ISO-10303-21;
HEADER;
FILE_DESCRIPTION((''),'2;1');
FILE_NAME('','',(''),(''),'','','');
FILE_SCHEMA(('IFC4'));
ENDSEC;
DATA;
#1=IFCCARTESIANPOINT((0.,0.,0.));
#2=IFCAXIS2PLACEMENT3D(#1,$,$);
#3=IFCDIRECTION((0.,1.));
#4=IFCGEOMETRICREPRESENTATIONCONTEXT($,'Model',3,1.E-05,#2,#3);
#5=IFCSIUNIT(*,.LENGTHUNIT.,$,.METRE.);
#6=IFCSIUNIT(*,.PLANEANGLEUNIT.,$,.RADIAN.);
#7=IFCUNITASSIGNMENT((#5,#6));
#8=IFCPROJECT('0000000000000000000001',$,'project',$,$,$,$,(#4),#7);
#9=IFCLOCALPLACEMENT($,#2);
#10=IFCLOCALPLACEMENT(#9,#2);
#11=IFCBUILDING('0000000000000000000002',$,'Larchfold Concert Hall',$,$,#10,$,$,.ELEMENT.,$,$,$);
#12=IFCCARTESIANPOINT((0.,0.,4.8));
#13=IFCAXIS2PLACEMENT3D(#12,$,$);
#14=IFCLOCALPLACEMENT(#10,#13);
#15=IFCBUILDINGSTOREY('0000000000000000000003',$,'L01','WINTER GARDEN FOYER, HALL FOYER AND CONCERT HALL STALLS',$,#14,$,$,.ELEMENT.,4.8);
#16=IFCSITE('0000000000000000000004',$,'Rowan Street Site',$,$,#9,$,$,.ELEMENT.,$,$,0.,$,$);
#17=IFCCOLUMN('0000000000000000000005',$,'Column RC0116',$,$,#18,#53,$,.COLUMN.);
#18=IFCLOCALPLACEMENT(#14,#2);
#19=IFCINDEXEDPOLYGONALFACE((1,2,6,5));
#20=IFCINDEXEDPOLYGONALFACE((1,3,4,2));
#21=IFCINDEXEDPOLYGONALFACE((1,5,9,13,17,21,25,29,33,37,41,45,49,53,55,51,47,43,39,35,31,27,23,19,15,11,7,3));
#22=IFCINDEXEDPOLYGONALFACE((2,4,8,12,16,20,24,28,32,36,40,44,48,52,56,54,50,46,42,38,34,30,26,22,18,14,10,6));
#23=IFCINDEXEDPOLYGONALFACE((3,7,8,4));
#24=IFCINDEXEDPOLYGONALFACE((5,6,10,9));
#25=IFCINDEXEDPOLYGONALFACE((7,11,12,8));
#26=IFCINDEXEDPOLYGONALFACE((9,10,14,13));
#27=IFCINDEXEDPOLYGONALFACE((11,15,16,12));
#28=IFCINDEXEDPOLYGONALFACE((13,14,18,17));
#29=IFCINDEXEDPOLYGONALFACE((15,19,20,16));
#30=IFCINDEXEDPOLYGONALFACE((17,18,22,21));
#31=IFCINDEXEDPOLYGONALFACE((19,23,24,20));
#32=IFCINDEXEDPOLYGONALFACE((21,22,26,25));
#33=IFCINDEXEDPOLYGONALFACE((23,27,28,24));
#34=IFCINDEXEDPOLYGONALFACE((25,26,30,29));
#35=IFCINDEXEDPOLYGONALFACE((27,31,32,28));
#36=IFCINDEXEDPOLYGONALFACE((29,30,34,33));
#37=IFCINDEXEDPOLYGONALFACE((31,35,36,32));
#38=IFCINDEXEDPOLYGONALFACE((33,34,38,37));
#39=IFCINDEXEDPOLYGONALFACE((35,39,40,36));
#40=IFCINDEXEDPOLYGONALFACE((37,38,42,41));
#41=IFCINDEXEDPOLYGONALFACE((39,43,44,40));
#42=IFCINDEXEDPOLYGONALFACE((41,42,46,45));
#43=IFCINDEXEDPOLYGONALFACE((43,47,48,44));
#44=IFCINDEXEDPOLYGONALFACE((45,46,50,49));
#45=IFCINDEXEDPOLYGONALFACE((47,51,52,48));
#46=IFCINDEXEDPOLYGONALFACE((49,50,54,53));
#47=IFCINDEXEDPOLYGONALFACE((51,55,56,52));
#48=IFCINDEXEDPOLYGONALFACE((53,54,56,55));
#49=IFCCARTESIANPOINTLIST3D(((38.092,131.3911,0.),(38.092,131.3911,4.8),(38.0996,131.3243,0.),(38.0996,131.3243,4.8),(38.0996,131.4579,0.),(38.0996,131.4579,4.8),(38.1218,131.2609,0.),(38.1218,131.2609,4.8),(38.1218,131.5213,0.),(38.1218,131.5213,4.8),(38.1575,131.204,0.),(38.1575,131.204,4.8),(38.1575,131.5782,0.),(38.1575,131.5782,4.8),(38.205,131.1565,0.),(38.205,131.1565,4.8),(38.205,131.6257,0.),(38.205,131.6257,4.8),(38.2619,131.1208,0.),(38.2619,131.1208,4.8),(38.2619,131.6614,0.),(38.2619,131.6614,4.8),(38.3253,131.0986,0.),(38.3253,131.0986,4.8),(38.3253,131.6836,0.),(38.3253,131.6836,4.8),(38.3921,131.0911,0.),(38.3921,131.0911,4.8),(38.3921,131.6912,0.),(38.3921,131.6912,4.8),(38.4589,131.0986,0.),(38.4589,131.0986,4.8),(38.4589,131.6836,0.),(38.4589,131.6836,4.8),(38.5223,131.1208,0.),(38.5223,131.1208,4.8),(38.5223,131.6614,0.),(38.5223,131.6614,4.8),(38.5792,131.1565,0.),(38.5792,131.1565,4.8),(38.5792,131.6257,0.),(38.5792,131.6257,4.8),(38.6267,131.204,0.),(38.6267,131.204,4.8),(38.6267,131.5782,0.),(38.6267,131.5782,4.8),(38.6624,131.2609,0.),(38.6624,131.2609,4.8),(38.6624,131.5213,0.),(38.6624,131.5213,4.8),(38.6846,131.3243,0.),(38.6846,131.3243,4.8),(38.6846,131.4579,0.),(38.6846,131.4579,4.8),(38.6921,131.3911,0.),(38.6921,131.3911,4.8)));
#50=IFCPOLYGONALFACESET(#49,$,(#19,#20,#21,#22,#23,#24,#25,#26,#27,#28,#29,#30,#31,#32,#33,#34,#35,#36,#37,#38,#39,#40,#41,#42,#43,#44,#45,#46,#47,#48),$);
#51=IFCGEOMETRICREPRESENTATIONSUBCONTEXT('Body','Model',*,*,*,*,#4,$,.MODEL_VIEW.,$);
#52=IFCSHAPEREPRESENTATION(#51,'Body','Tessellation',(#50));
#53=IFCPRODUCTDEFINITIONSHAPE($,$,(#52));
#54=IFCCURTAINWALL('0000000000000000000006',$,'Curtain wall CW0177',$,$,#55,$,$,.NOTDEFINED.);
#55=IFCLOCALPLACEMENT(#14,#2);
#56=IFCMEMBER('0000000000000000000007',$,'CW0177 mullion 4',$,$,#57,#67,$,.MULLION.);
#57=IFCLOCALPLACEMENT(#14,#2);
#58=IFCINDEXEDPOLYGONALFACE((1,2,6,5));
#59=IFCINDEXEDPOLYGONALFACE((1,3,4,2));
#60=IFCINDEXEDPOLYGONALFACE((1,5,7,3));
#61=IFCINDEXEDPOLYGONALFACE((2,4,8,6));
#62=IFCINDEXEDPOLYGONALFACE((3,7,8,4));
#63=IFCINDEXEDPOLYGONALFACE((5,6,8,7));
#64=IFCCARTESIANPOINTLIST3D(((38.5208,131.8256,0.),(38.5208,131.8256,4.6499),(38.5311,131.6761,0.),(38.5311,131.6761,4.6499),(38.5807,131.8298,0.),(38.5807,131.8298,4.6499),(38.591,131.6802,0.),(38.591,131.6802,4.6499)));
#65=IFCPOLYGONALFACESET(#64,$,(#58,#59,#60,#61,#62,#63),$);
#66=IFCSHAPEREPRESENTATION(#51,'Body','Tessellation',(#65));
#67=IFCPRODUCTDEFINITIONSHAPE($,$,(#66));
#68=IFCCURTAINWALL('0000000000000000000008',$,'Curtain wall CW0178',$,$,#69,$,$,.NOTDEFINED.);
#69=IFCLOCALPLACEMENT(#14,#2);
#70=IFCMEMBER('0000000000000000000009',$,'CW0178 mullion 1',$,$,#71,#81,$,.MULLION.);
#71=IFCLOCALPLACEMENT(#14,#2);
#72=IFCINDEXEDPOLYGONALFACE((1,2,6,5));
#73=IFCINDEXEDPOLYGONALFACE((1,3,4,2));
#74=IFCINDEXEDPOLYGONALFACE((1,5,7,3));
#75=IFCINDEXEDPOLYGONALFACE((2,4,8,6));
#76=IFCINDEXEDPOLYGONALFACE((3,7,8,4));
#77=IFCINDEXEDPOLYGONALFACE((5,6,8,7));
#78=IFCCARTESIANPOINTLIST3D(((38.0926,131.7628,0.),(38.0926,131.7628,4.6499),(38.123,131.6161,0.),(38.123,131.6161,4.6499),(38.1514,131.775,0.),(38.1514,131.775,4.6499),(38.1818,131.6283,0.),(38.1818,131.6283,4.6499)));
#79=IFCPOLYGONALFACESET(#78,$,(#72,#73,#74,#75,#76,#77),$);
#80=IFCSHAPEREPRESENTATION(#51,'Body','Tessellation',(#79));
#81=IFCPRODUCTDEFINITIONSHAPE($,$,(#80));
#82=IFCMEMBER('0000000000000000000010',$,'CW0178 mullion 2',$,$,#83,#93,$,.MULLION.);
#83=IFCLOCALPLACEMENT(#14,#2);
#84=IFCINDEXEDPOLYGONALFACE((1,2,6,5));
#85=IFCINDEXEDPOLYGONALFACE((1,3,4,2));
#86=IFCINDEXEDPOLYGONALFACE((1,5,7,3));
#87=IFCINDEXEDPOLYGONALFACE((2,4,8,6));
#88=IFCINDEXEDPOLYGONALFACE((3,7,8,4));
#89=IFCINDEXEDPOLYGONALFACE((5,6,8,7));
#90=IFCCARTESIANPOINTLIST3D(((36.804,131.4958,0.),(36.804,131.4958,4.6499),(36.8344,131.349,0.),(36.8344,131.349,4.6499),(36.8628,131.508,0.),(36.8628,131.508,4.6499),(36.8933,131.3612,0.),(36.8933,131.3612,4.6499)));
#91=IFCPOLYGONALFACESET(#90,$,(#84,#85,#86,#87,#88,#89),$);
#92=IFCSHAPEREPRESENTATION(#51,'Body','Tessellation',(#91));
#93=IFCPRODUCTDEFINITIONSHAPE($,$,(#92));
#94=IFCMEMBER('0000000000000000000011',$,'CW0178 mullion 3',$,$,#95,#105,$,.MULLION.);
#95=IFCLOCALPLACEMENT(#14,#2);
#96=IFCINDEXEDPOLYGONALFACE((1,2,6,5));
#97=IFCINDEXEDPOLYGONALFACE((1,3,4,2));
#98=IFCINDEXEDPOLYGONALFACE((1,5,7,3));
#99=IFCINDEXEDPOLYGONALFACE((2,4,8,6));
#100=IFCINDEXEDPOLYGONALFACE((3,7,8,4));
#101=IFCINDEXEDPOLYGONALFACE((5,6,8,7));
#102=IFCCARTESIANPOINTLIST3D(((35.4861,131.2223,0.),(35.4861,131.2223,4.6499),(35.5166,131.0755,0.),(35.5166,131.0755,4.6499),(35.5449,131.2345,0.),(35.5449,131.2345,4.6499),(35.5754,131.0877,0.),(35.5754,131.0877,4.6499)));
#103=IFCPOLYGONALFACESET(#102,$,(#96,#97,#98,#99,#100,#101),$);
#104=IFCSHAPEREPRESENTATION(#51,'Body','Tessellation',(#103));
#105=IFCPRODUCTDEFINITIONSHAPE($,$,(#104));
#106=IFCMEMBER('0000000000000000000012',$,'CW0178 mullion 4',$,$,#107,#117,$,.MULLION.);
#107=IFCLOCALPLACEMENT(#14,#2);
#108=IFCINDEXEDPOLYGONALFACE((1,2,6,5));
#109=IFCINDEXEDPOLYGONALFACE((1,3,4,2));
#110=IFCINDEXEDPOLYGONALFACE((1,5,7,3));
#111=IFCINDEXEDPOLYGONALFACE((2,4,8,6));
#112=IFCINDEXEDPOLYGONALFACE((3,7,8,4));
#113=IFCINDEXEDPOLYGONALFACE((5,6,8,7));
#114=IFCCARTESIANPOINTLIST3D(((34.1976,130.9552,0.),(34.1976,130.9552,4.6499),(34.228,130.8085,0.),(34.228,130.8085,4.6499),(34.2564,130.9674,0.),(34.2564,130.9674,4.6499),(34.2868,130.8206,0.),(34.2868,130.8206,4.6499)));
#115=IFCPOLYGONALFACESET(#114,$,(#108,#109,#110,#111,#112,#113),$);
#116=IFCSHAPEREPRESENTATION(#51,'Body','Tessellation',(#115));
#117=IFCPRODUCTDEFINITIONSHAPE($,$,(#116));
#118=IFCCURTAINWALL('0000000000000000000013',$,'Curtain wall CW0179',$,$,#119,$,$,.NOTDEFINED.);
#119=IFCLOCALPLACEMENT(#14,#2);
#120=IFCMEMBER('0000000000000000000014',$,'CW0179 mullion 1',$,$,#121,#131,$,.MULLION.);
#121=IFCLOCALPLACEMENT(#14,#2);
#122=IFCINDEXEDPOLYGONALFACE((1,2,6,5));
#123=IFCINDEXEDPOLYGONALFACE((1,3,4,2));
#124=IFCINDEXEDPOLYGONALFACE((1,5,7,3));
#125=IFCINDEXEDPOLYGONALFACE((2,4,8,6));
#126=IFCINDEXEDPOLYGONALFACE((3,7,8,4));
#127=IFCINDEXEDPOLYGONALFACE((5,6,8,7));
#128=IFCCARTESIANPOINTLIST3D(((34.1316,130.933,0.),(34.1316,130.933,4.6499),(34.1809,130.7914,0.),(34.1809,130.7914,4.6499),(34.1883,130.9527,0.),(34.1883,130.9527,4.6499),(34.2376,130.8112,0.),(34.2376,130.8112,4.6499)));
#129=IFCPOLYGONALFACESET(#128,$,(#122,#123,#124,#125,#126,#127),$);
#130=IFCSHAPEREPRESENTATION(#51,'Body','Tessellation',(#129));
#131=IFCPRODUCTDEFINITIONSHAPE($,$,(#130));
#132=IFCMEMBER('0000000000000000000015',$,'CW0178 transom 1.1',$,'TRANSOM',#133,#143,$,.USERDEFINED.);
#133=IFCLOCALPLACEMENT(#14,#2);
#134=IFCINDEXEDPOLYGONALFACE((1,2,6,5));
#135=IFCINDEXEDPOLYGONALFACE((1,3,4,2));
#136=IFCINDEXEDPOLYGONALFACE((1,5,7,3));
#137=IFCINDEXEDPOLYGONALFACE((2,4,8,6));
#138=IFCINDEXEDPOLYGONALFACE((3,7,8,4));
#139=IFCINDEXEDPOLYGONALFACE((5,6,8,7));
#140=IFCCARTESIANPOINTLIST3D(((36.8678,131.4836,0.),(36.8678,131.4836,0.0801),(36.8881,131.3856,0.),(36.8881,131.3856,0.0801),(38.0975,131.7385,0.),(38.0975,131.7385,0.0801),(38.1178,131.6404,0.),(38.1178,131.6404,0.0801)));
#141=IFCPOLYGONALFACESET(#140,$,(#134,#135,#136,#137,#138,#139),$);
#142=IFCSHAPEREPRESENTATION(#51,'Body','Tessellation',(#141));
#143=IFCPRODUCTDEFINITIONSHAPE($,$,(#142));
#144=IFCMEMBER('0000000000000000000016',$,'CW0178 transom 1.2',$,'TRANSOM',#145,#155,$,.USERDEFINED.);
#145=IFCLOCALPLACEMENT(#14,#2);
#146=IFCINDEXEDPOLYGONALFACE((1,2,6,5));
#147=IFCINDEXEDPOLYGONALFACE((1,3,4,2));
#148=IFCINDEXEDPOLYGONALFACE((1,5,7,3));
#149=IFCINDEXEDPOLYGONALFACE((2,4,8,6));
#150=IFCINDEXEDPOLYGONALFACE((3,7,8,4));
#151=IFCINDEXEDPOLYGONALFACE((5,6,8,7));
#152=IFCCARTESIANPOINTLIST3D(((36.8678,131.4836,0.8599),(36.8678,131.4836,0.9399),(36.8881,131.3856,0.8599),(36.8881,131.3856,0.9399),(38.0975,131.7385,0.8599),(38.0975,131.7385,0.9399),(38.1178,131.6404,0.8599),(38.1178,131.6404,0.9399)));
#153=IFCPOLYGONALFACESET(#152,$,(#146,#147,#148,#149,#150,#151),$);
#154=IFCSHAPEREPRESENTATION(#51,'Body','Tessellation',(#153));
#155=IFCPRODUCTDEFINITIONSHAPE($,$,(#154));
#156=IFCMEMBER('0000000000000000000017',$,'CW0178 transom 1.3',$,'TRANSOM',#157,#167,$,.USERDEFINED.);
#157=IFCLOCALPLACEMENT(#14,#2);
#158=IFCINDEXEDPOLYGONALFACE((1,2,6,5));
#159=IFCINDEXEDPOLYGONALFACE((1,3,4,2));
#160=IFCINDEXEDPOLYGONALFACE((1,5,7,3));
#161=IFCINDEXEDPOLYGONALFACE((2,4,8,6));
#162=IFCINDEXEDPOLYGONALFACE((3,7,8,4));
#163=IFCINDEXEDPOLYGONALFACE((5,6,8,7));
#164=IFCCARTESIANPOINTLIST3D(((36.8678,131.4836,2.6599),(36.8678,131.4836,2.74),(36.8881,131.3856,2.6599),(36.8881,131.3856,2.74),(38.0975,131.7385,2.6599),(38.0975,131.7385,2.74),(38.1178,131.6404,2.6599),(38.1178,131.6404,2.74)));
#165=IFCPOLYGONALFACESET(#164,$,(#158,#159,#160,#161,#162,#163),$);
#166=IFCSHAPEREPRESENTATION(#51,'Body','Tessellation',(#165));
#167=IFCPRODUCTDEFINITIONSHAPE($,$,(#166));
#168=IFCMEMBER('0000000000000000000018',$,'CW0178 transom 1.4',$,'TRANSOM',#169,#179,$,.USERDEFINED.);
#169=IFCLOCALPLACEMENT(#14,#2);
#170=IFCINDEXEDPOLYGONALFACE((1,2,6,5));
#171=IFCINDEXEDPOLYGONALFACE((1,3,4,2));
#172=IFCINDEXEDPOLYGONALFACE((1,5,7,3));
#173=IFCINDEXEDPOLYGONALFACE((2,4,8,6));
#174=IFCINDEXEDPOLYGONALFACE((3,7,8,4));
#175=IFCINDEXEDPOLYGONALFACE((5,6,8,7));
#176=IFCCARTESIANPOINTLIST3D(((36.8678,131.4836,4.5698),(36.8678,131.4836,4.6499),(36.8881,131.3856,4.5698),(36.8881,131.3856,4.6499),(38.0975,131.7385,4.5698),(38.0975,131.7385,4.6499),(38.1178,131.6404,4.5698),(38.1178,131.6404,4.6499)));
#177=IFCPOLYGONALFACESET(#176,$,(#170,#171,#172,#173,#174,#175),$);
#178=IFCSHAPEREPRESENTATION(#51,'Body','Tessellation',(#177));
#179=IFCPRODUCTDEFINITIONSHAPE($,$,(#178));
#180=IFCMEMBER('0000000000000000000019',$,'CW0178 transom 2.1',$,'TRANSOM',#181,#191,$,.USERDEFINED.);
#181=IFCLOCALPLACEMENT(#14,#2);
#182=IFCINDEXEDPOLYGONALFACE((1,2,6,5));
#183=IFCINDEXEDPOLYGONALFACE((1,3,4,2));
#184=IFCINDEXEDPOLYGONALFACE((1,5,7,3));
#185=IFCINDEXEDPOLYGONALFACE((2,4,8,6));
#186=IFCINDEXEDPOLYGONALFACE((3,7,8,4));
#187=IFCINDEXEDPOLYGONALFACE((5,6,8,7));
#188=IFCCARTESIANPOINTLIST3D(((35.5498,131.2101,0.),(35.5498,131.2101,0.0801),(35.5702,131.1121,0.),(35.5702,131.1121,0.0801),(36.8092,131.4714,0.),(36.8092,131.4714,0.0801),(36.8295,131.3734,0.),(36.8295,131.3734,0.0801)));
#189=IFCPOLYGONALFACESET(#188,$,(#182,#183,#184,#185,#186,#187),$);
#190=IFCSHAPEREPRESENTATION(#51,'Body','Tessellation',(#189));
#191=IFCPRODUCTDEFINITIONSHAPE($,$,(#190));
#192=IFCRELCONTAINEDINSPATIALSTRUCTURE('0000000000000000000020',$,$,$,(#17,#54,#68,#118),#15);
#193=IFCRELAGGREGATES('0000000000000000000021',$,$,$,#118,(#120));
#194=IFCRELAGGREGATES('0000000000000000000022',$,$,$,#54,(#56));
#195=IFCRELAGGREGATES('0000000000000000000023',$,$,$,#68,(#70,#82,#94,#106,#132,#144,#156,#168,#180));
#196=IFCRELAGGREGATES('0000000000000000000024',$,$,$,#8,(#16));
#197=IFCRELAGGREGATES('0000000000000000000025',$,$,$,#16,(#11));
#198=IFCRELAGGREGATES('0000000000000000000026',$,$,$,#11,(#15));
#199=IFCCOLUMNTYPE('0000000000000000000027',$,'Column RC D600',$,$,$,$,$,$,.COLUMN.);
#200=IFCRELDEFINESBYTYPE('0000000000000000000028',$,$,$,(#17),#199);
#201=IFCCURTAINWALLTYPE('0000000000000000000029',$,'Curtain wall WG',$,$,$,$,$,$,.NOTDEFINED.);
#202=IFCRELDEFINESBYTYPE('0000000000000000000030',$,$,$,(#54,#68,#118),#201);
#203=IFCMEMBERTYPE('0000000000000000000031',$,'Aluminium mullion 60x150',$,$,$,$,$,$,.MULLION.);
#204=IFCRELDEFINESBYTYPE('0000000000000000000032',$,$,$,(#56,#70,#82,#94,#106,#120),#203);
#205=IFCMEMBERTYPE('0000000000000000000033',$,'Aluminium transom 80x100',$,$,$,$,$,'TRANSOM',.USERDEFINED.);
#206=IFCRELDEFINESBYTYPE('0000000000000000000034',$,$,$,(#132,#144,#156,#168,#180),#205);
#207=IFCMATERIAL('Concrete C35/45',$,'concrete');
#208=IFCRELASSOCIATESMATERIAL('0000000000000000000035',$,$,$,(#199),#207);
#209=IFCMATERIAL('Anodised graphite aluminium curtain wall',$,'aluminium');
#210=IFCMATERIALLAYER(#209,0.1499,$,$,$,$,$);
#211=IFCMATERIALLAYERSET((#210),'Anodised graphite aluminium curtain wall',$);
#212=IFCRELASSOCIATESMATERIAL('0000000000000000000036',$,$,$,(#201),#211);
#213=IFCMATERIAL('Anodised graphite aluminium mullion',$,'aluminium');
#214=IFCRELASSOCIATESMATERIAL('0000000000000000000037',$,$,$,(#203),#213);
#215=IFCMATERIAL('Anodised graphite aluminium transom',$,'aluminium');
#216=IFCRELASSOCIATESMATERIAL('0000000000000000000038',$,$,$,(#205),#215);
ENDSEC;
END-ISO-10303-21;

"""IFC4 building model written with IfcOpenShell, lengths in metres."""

from ifc_helpers import new_model, si_unit, direction, frame, origin, origin_2d, place, context, subcontext, project, spatial, rectangle, circle, extrude, material, layer, layer_set, material_profile, profile_set, type_object, element, aggregate, save


model = new_model("IFC4")

# Units and contexts
model_context = context("Model", 3, precision=1e-05, world=origin(), true_north=direction((0.0, 1.0)))
body_context = subcontext(model_context, "Body", "Model", "MODEL_VIEW")
ifc_project = project(units=[si_unit("LENGTHUNIT", "METRE"), si_unit("PLANEANGLEUNIT", "RADIAN")], contexts=[model_context])

# Site, building, storey
site_placement = place(None, origin())
site = spatial("IfcSite", under=ifc_project, at=site_placement, Name="Rowan Street Site", CompositionType="ELEMENT", RefElevation=0.0)
building_placement = place(site_placement, origin())
building = spatial("IfcBuilding", under=site, at=building_placement, Name="Larchfold Concert Hall", CompositionType="ELEMENT")
storey_placement = place(building_placement, frame((0.0, 0.0, 4.8)))
storey = spatial("IfcBuildingStorey", under=building, at=storey_placement, Name="L01", Description="WINTER GARDEN FOYER, HALL FOYER AND CONCERT HALL STALLS", CompositionType="ELEMENT", Elevation=4.8)

# Column
ifc_material_1 = material(Name="Concrete C35/45", Category="concrete")
ifc_material_profile_1 = material_profile(ifc_material_1, circle(Radius=0.3, at=origin_2d()))
ifc_profile_set_1 = profile_set([ifc_material_profile_1], Name="Concrete C35/45")
column_type = type_object("IfcColumnType", Name="Column RC D600", PredefinedType="COLUMN", material=ifc_profile_set_1)
column_placement = place(storey_placement, frame((38.3921, 131.3911, 0.0), z_axis=(0.0, 0.0, 1.0), x_axis=(1.0, 0.0, 0.0)))
element("IfcColumn", 1, at=column_placement, inside=storey, type_object=column_type, Name="Column RC0116", PredefinedType="COLUMN", context=body_context, shape_type="SweptSolid", body=[
    extrude(circle(Radius=0.3, at=origin_2d()), origin(), (0.0, 0.0, 1.0), 4.8),
])

# Curtain wall, member
ifc_material_2 = material(Name="Anodised graphite aluminium curtain wall", Category="aluminium")
ifc_layer_1 = layer(ifc_material_2, 0.1499)
ifc_layer_set_1 = layer_set([ifc_layer_1], Name="Anodised graphite aluminium curtain wall")
curtain_wall_type = type_object("IfcCurtainWallType", Name="Curtain wall WG", PredefinedType="NOTDEFINED", material=ifc_layer_set_1)
curtain_wall_1_placement = place(storey_placement, origin())
curtain_wall_1 = element("IfcCurtainWall", 2, at=curtain_wall_1_placement, inside=storey, type_object=curtain_wall_type, Name="Curtain wall CW0177", PredefinedType="NOTDEFINED")
ifc_material_3 = material(Name="Anodised graphite aluminium mullion", Category="aluminium")
ifc_material_profile_2 = material_profile(ifc_material_3, rectangle(XDim=0.1499, YDim=0.0601, at=origin_2d()))
ifc_profile_set_2 = profile_set([ifc_material_profile_2], Name="Anodised graphite aluminium mullion")
member_type_1 = type_object("IfcMemberType", Name="Aluminium mullion 60x150", PredefinedType="MULLION", material=ifc_profile_set_2)
member_1_placement = place(storey_placement, frame((38.5559, 131.7529, 0.0), z_axis=(0.0, 0.0, 1.0), x_axis=(0.068808, -0.99763, 0.0)))
member_1 = element("IfcMember", 3, at=member_1_placement, type_object=member_type_1, Name="CW0177 mullion 4", PredefinedType="MULLION", context=body_context, shape_type="SweptSolid", body=[
    extrude(rectangle(XDim=0.1499, YDim=0.0601, at=origin_2d()), origin(), (0.0, 0.0, 1.0), 4.6499),
])

# Curtain wall, members
curtain_wall_2_placement = place(storey_placement, origin())
curtain_wall_2 = element("IfcCurtainWall", 4, at=curtain_wall_2_placement, inside=storey, type_object=curtain_wall_type, Name="Curtain wall CW0178", PredefinedType="NOTDEFINED")
member_2_placement = place(storey_placement, frame((38.1372, 131.6956, 0.0), z_axis=(0.0, 0.0, 1.0), x_axis=(0.203041, -0.97917, 0.0)))
member_2 = element("IfcMember", 5, at=member_2_placement, type_object=member_type_1, Name="CW0178 mullion 1", PredefinedType="MULLION", context=body_context, shape_type="SweptSolid", body=[
    extrude(rectangle(XDim=0.1499, YDim=0.0601, at=origin_2d()), origin(), (0.0, 0.0, 1.0), 4.6499),
])
member_3_placement = place(storey_placement, frame((36.8486, 131.4285, 0.0), z_axis=(0.0, 0.0, 1.0), x_axis=(0.203041, -0.97917, 0.0)))
member_3 = element("IfcMember", 6, at=member_3_placement, type_object=member_type_1, Name="CW0178 mullion 2", PredefinedType="MULLION", context=body_context, shape_type="SweptSolid", body=[
    extrude(rectangle(XDim=0.1499, YDim=0.0601, at=origin_2d()), origin(), (0.0, 0.0, 1.0), 4.6499),
])
member_4_placement = place(storey_placement, frame((35.5308, 131.155, 0.0), z_axis=(0.0, 0.0, 1.0), x_axis=(0.203041, -0.97917, 0.0)))
member_4 = element("IfcMember", 7, at=member_4_placement, type_object=member_type_1, Name="CW0178 mullion 3", PredefinedType="MULLION", context=body_context, shape_type="SweptSolid", body=[
    extrude(rectangle(XDim=0.1499, YDim=0.0601, at=origin_2d()), origin(), (0.0, 0.0, 1.0), 4.6499),
])
member_5_placement = place(storey_placement, frame((34.2422, 130.8879, 0.0), z_axis=(0.0, 0.0, 1.0), x_axis=(0.203041, -0.97917, 0.0)))
member_5 = element("IfcMember", 8, at=member_5_placement, type_object=member_type_1, Name="CW0178 mullion 4", PredefinedType="MULLION", context=body_context, shape_type="SweptSolid", body=[
    extrude(rectangle(XDim=0.1499, YDim=0.0601, at=origin_2d()), origin(), (0.0, 0.0, 1.0), 4.6499),
])

# Curtain wall, member
curtain_wall_3_placement = place(storey_placement, origin())
curtain_wall_3 = element("IfcCurtainWall", 9, at=curtain_wall_3_placement, inside=storey, type_object=curtain_wall_type, Name="Curtain wall CW0179", PredefinedType="NOTDEFINED")
member_6_placement = place(storey_placement, frame((34.1846, 130.8721, 0.0), z_axis=(0.0, 0.0, 1.0), x_axis=(0.328899, -0.944365, 0.0)))
member_6 = element("IfcMember", 10, at=member_6_placement, type_object=member_type_1, Name="CW0179 mullion 1", PredefinedType="MULLION", context=body_context, shape_type="SweptSolid", body=[
    extrude(rectangle(XDim=0.1499, YDim=0.0601, at=origin_2d()), origin(), (0.0, 0.0, 1.0), 4.6499),
])

# Members
ifc_material_4 = material(Name="Anodised graphite aluminium transom", Category="aluminium")
ifc_material_profile_3 = material_profile(ifc_material_4, rectangle(XDim=0.1001, YDim=0.0801, at=origin_2d()))
ifc_profile_set_3 = profile_set([ifc_material_profile_3], Name="Anodised graphite aluminium transom")
member_type_2 = type_object("IfcMemberType", Name="Aluminium transom 80x100", ElementType="TRANSOM", PredefinedType="USERDEFINED", material=ifc_profile_set_3)
member_7_placement = place(storey_placement, frame((38.1077, 131.6895, 0.04), z_axis=(-0.979189, -0.202953, 0.0), x_axis=(0.202953, -0.979189, 0.0)))
member_7 = element("IfcMember", 11, at=member_7_placement, type_object=member_type_2, Name="CW0178 transom 1.1", ObjectType="TRANSOM", PredefinedType="USERDEFINED", context=body_context, shape_type="SweptSolid", body=[
    extrude(rectangle(XDim=0.1001, YDim=0.0801, at=origin_2d()), origin(), (0.0, 0.0, 1.0), 1.2559),
])
member_8_placement = place(storey_placement, frame((38.1077, 131.6895, 0.8999), z_axis=(-0.979189, -0.202953, 0.0), x_axis=(0.202953, -0.979189, 0.0)))
member_8 = element("IfcMember", 12, at=member_8_placement, type_object=member_type_2, Name="CW0178 transom 1.2", ObjectType="TRANSOM", PredefinedType="USERDEFINED", context=body_context, shape_type="SweptSolid", body=[
    extrude(rectangle(XDim=0.1001, YDim=0.0801, at=origin_2d()), origin(), (0.0, 0.0, 1.0), 1.2559),
])
member_9_placement = place(storey_placement, frame((38.1077, 131.6895, 2.7), z_axis=(-0.979189, -0.202953, 0.0), x_axis=(0.202953, -0.979189, 0.0)))
member_9 = element("IfcMember", 13, at=member_9_placement, type_object=member_type_2, Name="CW0178 transom 1.3", ObjectType="TRANSOM", PredefinedType="USERDEFINED", context=body_context, shape_type="SweptSolid", body=[
    extrude(rectangle(XDim=0.1001, YDim=0.0801, at=origin_2d()), origin(), (0.0, 0.0, 1.0), 1.2559),
])
member_10_placement = place(storey_placement, frame((38.1077, 131.6895, 4.6099), z_axis=(-0.979189, -0.202953, 0.0), x_axis=(0.202953, -0.979189, 0.0)))
member_10 = element("IfcMember", 14, at=member_10_placement, type_object=member_type_2, Name="CW0178 transom 1.4", ObjectType="TRANSOM", PredefinedType="USERDEFINED", context=body_context, shape_type="SweptSolid", body=[
    extrude(rectangle(XDim=0.1001, YDim=0.0801, at=origin_2d()), origin(), (0.0, 0.0, 1.0), 1.2559),
])
member_11_placement = place(storey_placement, frame((36.8193, 131.4224, 0.04), z_axis=(-0.979154, -0.20312, 0.0), x_axis=(0.20312, -0.979154, 0.0)))
member_11 = element("IfcMember", 15, at=member_11_placement, type_object=member_type_2, Name="CW0178 transom 2.1", ObjectType="TRANSOM", PredefinedType="USERDEFINED", context=body_context, shape_type="SweptSolid", body=[
    extrude(rectangle(XDim=0.1001, YDim=0.0801, at=origin_2d()), origin(), (0.0, 0.0, 1.0), 1.2861),
])
aggregate(curtain_wall_3, [member_6])

aggregate(curtain_wall_1, [member_1])
aggregate(curtain_wall_2, [member_2, member_3, member_4, member_5, member_7, member_8, member_9, member_10, member_11])

save(model, "model.ifc")
